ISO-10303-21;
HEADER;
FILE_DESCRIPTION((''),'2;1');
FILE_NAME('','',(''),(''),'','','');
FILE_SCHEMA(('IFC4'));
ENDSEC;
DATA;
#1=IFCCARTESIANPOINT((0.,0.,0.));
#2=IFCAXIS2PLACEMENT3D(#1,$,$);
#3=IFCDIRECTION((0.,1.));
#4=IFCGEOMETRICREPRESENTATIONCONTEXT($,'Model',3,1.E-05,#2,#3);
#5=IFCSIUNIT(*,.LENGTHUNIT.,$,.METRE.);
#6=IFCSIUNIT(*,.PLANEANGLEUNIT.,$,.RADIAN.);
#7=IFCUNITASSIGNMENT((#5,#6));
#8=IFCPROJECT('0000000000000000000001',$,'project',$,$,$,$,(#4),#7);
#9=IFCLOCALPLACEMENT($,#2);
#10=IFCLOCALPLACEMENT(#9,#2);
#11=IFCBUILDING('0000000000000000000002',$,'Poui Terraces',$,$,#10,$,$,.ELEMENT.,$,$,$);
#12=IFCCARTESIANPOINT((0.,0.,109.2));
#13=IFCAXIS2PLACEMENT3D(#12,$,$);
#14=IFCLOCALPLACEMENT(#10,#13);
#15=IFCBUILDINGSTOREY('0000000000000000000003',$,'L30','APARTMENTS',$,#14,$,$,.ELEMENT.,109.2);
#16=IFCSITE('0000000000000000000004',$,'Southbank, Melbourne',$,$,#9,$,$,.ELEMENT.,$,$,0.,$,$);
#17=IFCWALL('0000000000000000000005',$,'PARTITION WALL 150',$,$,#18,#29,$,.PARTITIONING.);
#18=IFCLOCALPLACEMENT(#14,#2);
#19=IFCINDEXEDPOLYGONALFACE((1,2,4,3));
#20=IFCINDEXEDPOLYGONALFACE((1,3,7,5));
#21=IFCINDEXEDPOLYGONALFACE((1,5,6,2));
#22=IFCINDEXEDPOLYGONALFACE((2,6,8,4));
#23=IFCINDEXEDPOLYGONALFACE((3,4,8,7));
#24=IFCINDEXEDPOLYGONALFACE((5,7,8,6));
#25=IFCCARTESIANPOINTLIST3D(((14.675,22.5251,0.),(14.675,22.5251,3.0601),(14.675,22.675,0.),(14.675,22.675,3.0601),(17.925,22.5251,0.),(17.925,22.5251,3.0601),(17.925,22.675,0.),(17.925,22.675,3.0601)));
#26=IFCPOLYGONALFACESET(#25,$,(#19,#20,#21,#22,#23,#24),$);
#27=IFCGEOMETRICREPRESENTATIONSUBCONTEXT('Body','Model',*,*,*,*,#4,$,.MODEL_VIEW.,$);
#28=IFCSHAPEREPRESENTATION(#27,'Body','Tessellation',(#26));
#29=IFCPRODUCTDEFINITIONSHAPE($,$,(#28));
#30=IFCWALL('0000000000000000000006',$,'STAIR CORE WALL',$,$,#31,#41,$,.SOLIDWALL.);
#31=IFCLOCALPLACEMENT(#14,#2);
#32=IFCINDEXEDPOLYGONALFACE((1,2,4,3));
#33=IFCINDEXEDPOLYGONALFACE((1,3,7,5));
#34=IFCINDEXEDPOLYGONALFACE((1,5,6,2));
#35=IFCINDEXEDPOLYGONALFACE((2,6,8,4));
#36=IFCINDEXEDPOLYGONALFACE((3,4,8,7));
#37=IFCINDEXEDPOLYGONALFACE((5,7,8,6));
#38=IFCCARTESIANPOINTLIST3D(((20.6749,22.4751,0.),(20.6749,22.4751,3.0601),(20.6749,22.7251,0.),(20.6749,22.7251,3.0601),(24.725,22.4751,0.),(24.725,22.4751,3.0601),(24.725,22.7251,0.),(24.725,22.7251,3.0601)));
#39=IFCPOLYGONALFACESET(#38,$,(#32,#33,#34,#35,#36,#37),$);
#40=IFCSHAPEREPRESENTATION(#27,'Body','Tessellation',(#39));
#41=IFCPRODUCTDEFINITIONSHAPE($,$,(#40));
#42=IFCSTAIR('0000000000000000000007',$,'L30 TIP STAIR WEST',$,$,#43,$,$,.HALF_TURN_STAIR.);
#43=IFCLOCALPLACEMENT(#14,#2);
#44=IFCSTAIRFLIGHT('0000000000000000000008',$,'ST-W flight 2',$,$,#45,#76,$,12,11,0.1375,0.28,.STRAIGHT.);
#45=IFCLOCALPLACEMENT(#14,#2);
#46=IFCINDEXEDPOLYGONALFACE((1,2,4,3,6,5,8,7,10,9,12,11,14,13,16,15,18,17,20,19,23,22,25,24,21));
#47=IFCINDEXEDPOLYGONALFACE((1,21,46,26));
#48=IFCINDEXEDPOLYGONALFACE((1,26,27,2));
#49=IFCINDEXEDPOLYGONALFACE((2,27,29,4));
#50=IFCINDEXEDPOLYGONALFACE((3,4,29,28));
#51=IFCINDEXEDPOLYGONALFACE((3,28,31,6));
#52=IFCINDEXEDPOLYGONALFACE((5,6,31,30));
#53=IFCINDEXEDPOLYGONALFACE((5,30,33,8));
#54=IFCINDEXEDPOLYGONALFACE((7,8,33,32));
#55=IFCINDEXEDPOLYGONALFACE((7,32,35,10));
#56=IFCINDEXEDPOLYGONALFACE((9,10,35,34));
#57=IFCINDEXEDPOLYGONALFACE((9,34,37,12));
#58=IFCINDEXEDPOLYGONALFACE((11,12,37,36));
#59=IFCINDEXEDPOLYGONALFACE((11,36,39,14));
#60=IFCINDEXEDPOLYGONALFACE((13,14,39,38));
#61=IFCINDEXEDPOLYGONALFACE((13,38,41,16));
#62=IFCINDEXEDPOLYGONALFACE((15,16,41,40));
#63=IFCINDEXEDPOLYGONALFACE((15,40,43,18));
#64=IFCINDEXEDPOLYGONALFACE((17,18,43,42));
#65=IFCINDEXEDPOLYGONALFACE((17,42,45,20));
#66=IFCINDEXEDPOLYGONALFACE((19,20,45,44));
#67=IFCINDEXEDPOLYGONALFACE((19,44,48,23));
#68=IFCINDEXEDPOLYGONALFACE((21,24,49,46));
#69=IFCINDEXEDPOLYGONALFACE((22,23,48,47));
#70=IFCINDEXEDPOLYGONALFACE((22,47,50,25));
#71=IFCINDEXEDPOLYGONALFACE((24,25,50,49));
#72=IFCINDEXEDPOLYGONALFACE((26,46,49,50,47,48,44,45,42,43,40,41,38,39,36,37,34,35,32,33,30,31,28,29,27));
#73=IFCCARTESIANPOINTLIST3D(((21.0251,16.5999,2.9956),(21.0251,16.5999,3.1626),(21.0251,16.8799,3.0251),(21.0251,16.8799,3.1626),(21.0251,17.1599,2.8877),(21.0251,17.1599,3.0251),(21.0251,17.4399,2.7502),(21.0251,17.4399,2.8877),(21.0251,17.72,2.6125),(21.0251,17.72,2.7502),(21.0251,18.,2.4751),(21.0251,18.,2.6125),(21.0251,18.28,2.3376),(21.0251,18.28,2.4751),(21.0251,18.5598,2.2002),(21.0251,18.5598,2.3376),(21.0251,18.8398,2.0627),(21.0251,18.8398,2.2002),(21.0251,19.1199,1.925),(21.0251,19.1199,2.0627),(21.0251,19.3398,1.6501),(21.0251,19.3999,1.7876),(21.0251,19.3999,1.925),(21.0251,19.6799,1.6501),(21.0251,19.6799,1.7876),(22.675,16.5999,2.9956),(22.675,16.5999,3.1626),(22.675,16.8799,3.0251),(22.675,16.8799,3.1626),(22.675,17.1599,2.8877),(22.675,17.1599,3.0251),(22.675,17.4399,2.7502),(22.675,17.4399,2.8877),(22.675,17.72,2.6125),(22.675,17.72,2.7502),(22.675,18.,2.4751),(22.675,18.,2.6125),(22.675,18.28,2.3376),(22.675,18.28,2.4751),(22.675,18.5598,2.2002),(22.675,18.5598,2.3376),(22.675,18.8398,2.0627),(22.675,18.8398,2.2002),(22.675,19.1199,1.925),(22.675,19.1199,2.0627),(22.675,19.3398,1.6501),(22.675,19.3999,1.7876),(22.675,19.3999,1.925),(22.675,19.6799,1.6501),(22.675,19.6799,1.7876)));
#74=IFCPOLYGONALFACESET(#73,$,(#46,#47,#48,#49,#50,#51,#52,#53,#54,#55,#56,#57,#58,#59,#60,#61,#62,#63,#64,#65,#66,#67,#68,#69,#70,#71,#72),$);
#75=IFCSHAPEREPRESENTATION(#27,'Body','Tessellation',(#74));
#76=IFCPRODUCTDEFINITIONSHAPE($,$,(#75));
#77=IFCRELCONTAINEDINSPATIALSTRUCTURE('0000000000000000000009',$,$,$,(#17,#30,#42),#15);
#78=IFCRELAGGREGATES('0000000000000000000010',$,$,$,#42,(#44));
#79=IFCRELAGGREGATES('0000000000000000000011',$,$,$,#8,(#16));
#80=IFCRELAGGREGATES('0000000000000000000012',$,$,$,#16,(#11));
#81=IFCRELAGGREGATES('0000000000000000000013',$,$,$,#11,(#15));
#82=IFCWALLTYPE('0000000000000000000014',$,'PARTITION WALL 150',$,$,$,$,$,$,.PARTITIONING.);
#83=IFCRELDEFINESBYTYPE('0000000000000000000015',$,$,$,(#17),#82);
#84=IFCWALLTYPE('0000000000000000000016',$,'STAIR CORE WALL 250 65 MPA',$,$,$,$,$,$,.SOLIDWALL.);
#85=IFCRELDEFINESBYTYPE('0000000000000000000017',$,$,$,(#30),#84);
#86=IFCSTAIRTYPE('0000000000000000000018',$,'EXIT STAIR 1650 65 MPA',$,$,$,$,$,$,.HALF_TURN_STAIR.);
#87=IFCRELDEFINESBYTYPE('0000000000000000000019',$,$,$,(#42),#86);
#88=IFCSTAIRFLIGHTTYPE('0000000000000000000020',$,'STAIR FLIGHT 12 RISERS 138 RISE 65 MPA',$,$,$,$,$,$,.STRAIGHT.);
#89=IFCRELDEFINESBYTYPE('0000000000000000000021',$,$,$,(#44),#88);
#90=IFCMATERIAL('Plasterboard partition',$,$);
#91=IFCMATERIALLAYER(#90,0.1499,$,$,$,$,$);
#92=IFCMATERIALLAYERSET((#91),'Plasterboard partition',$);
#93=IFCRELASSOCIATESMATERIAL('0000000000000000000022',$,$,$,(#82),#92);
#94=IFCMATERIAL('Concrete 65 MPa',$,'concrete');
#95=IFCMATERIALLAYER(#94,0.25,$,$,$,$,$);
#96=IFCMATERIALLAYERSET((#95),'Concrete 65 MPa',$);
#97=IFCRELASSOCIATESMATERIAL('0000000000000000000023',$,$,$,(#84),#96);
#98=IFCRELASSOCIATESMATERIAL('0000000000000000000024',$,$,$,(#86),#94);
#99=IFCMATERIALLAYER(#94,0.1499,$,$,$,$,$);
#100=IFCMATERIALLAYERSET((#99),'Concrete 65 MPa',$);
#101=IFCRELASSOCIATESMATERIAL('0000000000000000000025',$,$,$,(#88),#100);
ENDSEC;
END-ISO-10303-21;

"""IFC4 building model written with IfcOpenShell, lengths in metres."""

from ifc_helpers import new_model, si_unit, direction, frame, frame_2d, origin, place, context, subcontext, project, spatial, polyline, rectangle, outline, extrude, material, layer, layer_set, type_object, element, aggregate, save


model = new_model("IFC4")

# Units and contexts
model_context = context("Model", 3, precision=1e-05, world=origin(), true_north=direction((0.0, 1.0)))
body_context = subcontext(model_context, "Body", "Model", "MODEL_VIEW")
ifc_project = project(units=[si_unit("LENGTHUNIT", "METRE"), si_unit("PLANEANGLEUNIT", "RADIAN")], contexts=[model_context])

# Site, building, storey
site_placement = place(None, origin())
site = spatial("IfcSite", under=ifc_project, at=site_placement, Name="Southbank, Melbourne", CompositionType="ELEMENT", RefElevation=0.0)
building_placement = place(site_placement, origin())
building = spatial("IfcBuilding", under=site, at=building_placement, Name="Poui Terraces", CompositionType="ELEMENT")
storey_placement = place(building_placement, frame((0.0, 0.0, 109.2)))
storey = spatial("IfcBuildingStorey", under=building, at=storey_placement, Name="L30", Description="APARTMENTS", CompositionType="ELEMENT", Elevation=109.2)

# Walls
ifc_material_1 = material(Name="Plasterboard partition")
ifc_layer_1 = layer(ifc_material_1, 0.1499)
ifc_layer_set_1 = layer_set([ifc_layer_1], Name="Plasterboard partition")
wall_type_1 = type_object("IfcWallType", Name="PARTITION WALL 150", PredefinedType="PARTITIONING", material=ifc_layer_set_1)
wall_1_placement = place(storey_placement, frame((14.675, 22.6001, 0.0), z_axis=(0.0, 0.0, 1.0), x_axis=(1.0, 0.0, 0.0)))
element("IfcWall", 1, at=wall_1_placement, inside=storey, type_object=wall_type_1, Name="PARTITION WALL 150", PredefinedType="PARTITIONING", context=body_context, shape_type="SweptSolid", body=[
    extrude(rectangle(XDim=3.25, YDim=0.1499, at=frame_2d((1.625, 0.0))), origin(), (0.0, 0.0, 1.0), 3.0601),
])
ifc_material_2 = material(Name="Concrete 65 MPa", Category="concrete")
ifc_layer_2 = layer(ifc_material_2, 0.25)
ifc_layer_set_2 = layer_set([ifc_layer_2], Name="Concrete 65 MPa")
wall_type_2 = type_object("IfcWallType", Name="STAIR CORE WALL 250 65 MPA", PredefinedType="SOLIDWALL", material=ifc_layer_set_2)
wall_2_placement = place(storey_placement, frame((20.675, 22.6001, 0.0), z_axis=(0.0, 0.0, 1.0), x_axis=(1.0, 0.0, 0.0)))
element("IfcWall", 2, at=wall_2_placement, inside=storey, type_object=wall_type_2, Name="STAIR CORE WALL", PredefinedType="SOLIDWALL", context=body_context, shape_type="SweptSolid", body=[
    extrude(rectangle(XDim=4.05, YDim=0.25, at=frame_2d((2.0249, 0.0))), origin(), (0.0, 0.0, 1.0), 3.0601),
])

# Stair, stair flight
stair_type = type_object("IfcStairType", Name="EXIT STAIR 1650 65 MPA", PredefinedType="HALF_TURN_STAIR", material=ifc_material_2)
stair_placement = place(storey_placement, origin())
stair = element("IfcStair", 3, at=stair_placement, inside=storey, type_object=stair_type, Name="L30 TIP STAIR WEST", PredefinedType="HALF_TURN_STAIR")
ifc_layer_3 = layer(ifc_material_2, 0.1499)
ifc_layer_set_3 = layer_set([ifc_layer_3], Name="Concrete 65 MPa")
stair_flight_type = type_object("IfcStairFlightType", Name="STAIR FLIGHT 12 RISERS 138 RISE 65 MPA", PredefinedType="STRAIGHT", material=ifc_layer_set_3)
stair_flight_placement = place(storey_placement, frame((21.8501, 19.6799, 1.6501), z_axis=(0.0, 0.0, 1.0), x_axis=(0.0, -1.0, 0.0)))
stair_flight = element("IfcStairFlight", 4, at=stair_flight_placement, type_object=stair_flight_type, Name="ST-W flight 2", NumberOfRisers=12, NumberOfTreads=11, PredefinedType="STRAIGHT", RiserHeight=0.1375, TreadLength=0.28, context=body_context, shape_type="SweptSolid", body=[
    extrude(outline(polyline([(0.0, 0.0), (0.0, 0.1375), (0.28, 0.1375), (0.28, 0.2749), (0.5601, 0.2749), (0.5601, 0.4126), (0.8401, 0.4126), (0.8401, 0.55), (1.1201, 0.55), (1.1201, 0.6875), (1.3999, 0.6875), (1.3999, 0.825), (1.6799, 0.825), (1.6799, 0.9624), (1.96, 0.9624), (1.96, 1.1001), (2.24, 1.1001), (2.24, 1.2375), (2.52, 1.2375), (2.52, 1.375), (2.8, 1.375), (2.8, 1.5125), (3.0801, 1.5125), (3.0801, 1.6499), (3.0801, 1.3455), (0.3401, 0.0), (0.0, 0.0)])), frame((0.0, 0.825, 0.0), z_axis=(0.0, -1.0, 0.0), x_axis=(1.0, 0.0, 0.0)), (0.0, 0.0, 1.0), 1.6499),
])
aggregate(stair, [stair_flight])

save(model, "model.ifc")
